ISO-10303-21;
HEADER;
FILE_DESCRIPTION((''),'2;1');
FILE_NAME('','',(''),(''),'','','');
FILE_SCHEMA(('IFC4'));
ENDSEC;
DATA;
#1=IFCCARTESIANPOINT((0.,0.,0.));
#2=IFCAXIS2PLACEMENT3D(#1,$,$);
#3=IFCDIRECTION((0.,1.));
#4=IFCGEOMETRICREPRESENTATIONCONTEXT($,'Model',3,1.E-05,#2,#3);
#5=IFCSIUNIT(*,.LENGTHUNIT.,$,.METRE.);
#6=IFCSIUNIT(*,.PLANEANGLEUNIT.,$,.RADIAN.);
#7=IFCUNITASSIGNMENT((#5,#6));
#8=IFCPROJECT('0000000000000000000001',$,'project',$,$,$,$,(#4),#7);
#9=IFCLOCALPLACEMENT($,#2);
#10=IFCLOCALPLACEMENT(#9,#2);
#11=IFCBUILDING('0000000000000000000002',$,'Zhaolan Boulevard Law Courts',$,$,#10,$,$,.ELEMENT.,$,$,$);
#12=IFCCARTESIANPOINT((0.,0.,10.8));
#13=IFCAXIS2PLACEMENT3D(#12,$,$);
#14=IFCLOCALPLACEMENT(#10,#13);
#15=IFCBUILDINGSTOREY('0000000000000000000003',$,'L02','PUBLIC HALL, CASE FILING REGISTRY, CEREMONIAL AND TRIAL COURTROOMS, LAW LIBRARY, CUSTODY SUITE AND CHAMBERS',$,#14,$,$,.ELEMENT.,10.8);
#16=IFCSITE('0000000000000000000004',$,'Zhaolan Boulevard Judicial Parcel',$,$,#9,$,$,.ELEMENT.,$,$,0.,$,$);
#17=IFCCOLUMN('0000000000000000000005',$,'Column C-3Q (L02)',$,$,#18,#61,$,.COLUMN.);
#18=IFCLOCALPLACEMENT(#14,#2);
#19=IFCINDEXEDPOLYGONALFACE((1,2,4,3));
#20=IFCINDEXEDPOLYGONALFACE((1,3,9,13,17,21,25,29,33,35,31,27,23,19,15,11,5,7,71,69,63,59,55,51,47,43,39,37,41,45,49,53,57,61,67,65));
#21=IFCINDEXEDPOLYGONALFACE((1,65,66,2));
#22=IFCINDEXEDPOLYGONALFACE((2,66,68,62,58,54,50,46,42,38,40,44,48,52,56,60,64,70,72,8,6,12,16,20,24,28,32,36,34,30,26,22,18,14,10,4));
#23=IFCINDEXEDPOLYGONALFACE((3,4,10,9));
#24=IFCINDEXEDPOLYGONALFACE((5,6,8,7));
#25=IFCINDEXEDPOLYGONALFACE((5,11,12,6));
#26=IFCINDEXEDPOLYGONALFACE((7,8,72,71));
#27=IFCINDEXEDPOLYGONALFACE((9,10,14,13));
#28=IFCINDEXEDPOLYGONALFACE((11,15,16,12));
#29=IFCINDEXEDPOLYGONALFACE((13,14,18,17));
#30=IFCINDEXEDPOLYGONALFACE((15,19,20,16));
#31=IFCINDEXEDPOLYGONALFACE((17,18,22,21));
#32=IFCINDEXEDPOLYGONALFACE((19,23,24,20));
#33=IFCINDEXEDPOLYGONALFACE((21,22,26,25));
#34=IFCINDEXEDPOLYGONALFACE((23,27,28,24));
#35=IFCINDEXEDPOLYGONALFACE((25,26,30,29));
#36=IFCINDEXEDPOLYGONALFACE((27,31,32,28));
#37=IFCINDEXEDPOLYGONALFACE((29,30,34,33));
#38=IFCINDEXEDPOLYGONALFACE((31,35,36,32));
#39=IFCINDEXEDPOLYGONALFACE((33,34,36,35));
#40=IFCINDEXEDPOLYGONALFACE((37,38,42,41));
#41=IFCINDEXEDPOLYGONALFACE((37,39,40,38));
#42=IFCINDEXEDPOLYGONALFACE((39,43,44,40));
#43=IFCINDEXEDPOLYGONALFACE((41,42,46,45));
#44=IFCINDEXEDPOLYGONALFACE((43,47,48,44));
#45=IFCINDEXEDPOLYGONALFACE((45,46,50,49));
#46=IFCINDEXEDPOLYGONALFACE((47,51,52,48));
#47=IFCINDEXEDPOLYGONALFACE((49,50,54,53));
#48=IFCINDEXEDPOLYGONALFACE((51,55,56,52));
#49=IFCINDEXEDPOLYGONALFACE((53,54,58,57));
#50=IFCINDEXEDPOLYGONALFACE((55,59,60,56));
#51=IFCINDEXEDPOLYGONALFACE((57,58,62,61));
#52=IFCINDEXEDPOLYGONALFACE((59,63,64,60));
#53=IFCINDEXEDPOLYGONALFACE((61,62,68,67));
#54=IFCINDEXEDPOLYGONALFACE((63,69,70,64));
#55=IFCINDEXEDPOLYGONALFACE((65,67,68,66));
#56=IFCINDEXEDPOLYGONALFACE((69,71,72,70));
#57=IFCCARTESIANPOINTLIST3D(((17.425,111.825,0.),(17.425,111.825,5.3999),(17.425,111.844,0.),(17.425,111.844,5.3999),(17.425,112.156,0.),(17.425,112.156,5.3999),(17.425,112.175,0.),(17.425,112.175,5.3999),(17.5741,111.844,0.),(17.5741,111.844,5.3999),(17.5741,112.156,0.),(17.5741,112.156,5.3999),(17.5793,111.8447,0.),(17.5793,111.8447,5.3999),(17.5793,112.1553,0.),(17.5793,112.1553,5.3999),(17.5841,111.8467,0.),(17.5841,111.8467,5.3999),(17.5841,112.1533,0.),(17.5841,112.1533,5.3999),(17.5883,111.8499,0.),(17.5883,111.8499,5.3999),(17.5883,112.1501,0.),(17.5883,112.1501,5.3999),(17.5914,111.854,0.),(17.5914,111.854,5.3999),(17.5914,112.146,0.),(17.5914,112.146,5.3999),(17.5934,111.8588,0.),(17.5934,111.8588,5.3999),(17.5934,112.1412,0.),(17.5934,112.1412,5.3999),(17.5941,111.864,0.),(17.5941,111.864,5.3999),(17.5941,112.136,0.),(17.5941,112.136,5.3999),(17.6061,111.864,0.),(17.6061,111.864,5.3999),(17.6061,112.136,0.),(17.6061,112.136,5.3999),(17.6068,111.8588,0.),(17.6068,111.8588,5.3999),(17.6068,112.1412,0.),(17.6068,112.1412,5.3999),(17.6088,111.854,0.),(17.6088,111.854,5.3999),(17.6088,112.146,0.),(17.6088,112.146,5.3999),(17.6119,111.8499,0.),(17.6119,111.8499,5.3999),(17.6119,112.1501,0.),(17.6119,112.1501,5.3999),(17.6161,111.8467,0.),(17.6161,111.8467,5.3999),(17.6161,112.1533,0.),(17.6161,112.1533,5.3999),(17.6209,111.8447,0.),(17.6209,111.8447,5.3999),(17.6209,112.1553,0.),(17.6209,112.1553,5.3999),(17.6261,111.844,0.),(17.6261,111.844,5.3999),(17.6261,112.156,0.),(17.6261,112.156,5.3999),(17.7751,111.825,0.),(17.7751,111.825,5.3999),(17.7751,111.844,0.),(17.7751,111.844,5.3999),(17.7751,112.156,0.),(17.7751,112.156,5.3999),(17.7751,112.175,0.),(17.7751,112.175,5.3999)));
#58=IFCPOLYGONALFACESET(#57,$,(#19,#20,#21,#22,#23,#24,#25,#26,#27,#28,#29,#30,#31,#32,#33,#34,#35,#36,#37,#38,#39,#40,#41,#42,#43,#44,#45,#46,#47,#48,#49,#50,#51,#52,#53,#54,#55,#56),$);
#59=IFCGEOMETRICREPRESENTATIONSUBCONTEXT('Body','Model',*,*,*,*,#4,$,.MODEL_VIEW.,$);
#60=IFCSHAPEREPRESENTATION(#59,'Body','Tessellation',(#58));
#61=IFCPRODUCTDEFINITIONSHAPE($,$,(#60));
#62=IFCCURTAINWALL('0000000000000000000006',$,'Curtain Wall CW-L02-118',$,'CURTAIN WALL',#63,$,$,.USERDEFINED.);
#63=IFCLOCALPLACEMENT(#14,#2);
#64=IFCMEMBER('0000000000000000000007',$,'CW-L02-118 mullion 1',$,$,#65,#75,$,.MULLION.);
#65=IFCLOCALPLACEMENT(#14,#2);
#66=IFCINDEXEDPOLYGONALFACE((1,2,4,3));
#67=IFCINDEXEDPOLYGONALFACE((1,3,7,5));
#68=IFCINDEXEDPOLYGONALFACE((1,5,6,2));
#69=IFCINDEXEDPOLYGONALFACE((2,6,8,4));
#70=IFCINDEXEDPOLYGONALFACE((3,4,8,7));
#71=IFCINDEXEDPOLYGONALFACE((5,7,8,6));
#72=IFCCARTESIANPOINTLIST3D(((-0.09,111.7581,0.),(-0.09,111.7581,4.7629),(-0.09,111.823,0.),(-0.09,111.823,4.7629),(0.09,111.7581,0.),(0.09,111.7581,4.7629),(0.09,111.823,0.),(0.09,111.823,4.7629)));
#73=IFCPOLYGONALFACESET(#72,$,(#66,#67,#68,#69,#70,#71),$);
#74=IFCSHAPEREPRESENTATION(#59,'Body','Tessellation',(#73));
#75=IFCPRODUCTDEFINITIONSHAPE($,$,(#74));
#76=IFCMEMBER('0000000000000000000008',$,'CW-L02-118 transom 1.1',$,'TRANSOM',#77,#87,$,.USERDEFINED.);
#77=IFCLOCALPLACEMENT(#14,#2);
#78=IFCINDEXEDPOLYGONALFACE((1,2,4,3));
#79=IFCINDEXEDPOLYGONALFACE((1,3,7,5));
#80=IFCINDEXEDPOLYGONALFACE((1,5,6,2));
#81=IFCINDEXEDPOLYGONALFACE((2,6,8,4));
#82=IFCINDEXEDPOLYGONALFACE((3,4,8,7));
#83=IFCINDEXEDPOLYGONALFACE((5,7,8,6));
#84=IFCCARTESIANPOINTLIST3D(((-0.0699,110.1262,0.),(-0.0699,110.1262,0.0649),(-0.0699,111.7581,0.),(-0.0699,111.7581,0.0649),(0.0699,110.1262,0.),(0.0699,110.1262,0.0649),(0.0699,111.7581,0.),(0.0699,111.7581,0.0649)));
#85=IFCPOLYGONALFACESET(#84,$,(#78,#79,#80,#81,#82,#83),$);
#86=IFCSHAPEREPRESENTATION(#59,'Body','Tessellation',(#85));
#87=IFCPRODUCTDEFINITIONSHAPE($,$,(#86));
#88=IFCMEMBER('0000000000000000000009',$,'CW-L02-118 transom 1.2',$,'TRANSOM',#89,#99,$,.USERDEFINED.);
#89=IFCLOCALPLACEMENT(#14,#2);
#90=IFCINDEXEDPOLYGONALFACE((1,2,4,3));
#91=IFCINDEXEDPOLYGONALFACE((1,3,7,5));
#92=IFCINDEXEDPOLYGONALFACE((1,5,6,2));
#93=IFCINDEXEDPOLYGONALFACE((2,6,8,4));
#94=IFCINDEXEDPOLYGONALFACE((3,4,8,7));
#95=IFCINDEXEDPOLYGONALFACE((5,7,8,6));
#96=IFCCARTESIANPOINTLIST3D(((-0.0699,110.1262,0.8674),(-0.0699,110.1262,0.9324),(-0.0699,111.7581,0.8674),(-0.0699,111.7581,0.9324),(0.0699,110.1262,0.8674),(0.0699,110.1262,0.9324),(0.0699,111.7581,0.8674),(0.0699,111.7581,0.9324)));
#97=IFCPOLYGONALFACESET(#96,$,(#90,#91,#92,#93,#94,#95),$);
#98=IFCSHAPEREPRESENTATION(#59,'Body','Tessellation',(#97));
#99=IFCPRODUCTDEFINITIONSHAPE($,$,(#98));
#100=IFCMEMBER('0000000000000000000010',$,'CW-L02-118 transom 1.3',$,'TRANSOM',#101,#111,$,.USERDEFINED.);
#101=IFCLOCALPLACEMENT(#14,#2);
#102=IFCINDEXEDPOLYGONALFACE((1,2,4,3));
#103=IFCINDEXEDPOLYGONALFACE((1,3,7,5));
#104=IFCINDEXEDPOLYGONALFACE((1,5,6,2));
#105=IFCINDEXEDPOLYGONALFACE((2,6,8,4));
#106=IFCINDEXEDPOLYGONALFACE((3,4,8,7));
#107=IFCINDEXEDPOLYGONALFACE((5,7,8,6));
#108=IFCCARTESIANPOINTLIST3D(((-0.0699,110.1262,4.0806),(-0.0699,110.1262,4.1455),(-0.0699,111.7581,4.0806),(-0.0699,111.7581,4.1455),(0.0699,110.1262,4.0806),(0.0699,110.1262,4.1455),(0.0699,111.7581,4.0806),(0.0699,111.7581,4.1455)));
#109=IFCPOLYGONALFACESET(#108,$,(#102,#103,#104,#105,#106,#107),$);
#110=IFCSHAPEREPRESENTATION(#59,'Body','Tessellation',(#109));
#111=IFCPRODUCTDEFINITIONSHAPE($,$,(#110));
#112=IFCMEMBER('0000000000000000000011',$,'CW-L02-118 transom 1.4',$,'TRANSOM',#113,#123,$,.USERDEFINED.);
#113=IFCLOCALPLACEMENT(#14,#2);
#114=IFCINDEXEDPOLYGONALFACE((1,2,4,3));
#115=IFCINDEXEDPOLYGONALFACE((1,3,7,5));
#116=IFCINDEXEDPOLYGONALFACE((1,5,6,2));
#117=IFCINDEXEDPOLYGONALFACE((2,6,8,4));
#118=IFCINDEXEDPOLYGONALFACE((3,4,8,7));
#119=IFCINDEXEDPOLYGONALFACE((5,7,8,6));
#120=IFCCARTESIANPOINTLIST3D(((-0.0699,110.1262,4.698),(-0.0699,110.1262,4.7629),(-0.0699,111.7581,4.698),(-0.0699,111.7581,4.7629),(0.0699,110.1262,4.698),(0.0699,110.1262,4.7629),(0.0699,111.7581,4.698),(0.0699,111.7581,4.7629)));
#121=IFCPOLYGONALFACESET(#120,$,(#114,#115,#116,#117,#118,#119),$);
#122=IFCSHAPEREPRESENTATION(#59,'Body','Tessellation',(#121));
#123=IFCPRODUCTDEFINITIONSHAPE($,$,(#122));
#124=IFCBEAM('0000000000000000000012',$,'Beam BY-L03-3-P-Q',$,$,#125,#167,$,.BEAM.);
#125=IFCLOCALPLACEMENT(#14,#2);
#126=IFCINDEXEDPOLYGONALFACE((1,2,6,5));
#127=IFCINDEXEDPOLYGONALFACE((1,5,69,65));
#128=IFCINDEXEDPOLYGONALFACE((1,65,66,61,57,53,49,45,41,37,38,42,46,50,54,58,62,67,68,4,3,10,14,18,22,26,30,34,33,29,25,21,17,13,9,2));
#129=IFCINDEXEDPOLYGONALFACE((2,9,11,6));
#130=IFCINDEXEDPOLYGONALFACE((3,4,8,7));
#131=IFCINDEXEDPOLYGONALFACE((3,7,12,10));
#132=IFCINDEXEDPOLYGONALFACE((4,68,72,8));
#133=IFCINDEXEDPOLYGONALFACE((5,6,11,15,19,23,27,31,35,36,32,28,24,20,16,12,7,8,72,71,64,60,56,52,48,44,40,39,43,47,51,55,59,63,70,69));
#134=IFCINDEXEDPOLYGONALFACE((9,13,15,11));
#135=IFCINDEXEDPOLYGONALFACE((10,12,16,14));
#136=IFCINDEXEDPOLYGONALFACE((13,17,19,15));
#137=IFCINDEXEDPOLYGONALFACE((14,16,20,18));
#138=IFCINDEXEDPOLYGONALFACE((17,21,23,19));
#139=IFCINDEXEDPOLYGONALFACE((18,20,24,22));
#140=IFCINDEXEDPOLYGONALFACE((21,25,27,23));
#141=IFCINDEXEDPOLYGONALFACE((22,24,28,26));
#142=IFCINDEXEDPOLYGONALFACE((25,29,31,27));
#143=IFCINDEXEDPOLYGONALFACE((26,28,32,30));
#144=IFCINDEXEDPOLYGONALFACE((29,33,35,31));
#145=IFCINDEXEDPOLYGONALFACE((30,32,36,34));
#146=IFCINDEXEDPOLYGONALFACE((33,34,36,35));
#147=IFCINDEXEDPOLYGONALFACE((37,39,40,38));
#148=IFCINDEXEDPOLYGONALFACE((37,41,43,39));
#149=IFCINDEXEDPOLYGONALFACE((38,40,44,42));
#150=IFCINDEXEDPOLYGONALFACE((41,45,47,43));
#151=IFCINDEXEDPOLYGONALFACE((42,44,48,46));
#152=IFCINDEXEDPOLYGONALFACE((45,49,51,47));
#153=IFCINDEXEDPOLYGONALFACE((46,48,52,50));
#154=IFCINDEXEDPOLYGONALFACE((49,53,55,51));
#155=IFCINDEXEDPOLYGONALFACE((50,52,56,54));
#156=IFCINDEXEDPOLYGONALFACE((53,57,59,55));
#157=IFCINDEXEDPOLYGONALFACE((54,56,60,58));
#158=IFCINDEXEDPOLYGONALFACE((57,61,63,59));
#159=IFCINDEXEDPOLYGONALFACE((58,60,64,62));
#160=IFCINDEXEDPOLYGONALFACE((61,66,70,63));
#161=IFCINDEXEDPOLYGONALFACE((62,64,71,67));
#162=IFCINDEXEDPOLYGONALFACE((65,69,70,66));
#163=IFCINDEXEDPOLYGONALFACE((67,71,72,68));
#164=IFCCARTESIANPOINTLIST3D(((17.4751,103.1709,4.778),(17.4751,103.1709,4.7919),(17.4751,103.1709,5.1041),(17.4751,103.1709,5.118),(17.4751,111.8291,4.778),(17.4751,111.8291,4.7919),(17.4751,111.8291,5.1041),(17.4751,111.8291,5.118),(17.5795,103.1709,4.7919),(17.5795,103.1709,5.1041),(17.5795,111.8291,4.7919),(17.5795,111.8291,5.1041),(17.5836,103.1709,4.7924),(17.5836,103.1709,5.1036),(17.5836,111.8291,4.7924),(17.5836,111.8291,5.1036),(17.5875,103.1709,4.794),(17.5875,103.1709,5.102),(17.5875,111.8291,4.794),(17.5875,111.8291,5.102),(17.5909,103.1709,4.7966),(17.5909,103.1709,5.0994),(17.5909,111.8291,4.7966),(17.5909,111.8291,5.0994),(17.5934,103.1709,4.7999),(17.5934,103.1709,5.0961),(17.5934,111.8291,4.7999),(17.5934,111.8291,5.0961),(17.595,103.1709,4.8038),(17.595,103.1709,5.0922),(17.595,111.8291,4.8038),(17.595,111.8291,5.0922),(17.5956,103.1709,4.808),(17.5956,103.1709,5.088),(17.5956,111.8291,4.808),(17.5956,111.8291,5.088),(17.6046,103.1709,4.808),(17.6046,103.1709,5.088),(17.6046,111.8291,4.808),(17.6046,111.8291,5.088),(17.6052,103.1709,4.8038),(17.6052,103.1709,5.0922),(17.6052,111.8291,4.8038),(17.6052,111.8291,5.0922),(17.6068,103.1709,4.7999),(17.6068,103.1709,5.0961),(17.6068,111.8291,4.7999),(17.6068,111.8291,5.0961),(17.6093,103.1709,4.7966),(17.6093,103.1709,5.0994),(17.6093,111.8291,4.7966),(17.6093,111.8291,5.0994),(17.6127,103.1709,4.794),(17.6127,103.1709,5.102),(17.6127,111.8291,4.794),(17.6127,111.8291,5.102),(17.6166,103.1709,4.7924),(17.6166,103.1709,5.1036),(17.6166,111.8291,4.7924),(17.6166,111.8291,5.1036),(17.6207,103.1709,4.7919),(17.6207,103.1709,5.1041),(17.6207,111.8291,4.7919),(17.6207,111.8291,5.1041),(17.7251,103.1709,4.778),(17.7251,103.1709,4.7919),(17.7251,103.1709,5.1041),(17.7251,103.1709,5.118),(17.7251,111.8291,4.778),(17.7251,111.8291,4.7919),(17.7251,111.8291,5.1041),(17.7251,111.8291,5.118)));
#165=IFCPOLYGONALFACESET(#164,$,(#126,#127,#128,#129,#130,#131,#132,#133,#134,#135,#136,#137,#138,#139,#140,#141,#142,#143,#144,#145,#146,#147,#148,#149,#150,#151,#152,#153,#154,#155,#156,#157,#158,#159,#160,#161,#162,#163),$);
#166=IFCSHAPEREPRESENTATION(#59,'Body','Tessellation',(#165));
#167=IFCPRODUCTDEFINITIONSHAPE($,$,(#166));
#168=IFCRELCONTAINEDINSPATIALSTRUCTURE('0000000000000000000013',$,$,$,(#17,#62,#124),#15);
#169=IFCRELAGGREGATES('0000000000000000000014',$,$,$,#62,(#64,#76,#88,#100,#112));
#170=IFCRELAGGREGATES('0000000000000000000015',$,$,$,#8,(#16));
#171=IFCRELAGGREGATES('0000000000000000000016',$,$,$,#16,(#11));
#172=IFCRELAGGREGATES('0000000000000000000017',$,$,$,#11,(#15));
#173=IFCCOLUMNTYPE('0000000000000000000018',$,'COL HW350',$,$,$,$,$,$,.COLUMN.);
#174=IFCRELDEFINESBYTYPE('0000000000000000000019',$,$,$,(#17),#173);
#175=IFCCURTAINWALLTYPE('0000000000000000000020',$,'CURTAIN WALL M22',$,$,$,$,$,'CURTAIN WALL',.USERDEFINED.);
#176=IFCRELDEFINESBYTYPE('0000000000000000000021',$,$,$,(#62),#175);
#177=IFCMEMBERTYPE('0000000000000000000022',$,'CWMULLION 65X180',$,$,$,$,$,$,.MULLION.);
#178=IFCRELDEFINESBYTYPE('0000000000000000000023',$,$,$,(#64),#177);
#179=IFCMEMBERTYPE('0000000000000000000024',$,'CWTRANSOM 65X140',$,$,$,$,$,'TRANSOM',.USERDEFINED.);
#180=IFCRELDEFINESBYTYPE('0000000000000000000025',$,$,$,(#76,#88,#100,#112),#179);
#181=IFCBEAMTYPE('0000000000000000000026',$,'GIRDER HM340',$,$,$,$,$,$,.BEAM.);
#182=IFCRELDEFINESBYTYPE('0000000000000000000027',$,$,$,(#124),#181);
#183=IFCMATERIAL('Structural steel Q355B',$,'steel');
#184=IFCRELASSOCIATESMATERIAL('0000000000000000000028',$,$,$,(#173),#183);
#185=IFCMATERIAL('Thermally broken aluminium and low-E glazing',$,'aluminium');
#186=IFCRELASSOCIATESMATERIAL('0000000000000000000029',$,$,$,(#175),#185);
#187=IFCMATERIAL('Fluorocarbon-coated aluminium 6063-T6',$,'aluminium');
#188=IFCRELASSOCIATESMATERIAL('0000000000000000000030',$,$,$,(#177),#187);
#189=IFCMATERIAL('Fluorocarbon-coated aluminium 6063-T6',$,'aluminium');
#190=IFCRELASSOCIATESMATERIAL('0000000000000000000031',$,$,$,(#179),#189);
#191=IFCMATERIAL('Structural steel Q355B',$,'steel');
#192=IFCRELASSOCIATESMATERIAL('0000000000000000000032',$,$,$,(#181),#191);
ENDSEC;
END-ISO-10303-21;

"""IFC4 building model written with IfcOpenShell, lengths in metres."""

from ifc_helpers import new_model, si_unit, direction, frame, origin, origin_2d, place, context, subcontext, project, spatial, rectangle, i_section, extrude, material, material_profile, profile_set, type_object, element, aggregate, save


model = new_model("IFC4")

# Units and contexts
model_context = context("Model", 3, precision=1e-05, world=origin(), true_north=direction((0.0, 1.0)))
body_context = subcontext(model_context, "Body", "Model", "MODEL_VIEW")
ifc_project = project(units=[si_unit("LENGTHUNIT", "METRE"), si_unit("PLANEANGLEUNIT", "RADIAN")], contexts=[model_context])

# Site, building, storey
site_placement = place(None, origin())
site = spatial("IfcSite", under=ifc_project, at=site_placement, Name="Zhaolan Boulevard Judicial Parcel", CompositionType="ELEMENT", RefElevation=0.0)
building_placement = place(site_placement, origin())
building = spatial("IfcBuilding", under=site, at=building_placement, Name="Zhaolan Boulevard Law Courts", CompositionType="ELEMENT")
storey_placement = place(building_placement, frame((0.0, 0.0, 10.8)))
storey = spatial("IfcBuildingStorey", under=building, at=storey_placement, Name="L02", Description="PUBLIC HALL, CASE FILING REGISTRY, CEREMONIAL AND TRIAL COURTROOMS, LAW LIBRARY, CUSTODY SUITE AND CHAMBERS", CompositionType="ELEMENT", Elevation=10.8)

# Column
ifc_material_1 = material(Name="Structural steel Q355B", Category="steel")
ifc_material_profile_1 = material_profile(ifc_material_1, i_section(OverallWidth=0.3501, OverallDepth=0.3501, WebThickness=0.012, FlangeThickness=0.019, FilletRadius=0.02, at=origin_2d()), Name="HW350x350")
ifc_profile_set_1 = profile_set([ifc_material_profile_1], Name="Structural steel Q355B")
column_type = type_object("IfcColumnType", Name="COL HW350", PredefinedType="COLUMN", material=ifc_profile_set_1)
for number, where, z_axis, x_axis, name in (
    (1, (17.6001, 112.0, 0.0), (0.0, 0.0, 1.0), (1.0, 0.0, 0.0), "Column C-3Q (L02)"),
):
    element("IfcColumn", number, at=place(storey_placement, frame(where, z_axis=z_axis, x_axis=x_axis)), inside=storey, type_object=column_type, Name=name, PredefinedType="COLUMN", context=body_context, shape_type="SweptSolid", body=[
        extrude(i_section(OverallWidth=0.3501, OverallDepth=0.3501, WebThickness=0.012, FlangeThickness=0.019, FilletRadius=0.02, at=origin_2d()), origin(), (0.0, 0.0, 1.0), 5.3999),
    ])

# Curtain wall, members
ifc_material_2 = material(Name="Thermally broken aluminium and low-E glazing", Category="aluminium")
curtain_wall_type = type_object("IfcCurtainWallType", Name="CURTAIN WALL M22", ElementType="CURTAIN WALL", PredefinedType="USERDEFINED", material=ifc_material_2)
curtain_wall_placement = place(storey_placement, origin())
curtain_wall = element("IfcCurtainWall", 2, at=curtain_wall_placement, inside=storey, type_object=curtain_wall_type, Name="Curtain Wall CW-L02-118", ObjectType="CURTAIN WALL", PredefinedType="USERDEFINED")
ifc_material_3 = material(Name="Fluorocarbon-coated aluminium 6063-T6", Category="aluminium")
ifc_material_profile_2 = material_profile(ifc_material_3, rectangle(XDim=0.1799, YDim=0.0649, at=origin_2d()), Name="AL65x180")
ifc_profile_set_2 = profile_set([ifc_material_profile_2], Name="Fluorocarbon-coated aluminium 6063-T6")
member_type_1 = type_object("IfcMemberType", Name="CWMULLION 65X180", PredefinedType="MULLION", material=ifc_profile_set_2)
member_1_placement = place(storey_placement, frame((0.0, 111.7905, 0.0), z_axis=(0.0, 0.0, 1.0), x_axis=(1.0, 0.0, 0.0)))
member_1 = element("IfcMember", 3, at=member_1_placement, type_object=member_type_1, Name="CW-L02-118 mullion 1", PredefinedType="MULLION", context=body_context, shape_type="SweptSolid", body=[
    extrude(rectangle(XDim=0.1799, YDim=0.0649, at=origin_2d()), origin(), (0.0, 0.0, 1.0), 4.7629),
])
ifc_material_4 = material(Name="Fluorocarbon-coated aluminium 6063-T6", Category="aluminium")
ifc_material_profile_3 = material_profile(ifc_material_4, rectangle(XDim=0.1399, YDim=0.0649, at=origin_2d()), Name="AL65x140")
ifc_profile_set_3 = profile_set([ifc_material_profile_3], Name="Fluorocarbon-coated aluminium 6063-T6")
member_type_2 = type_object("IfcMemberType", Name="CWTRANSOM 65X140", ElementType="TRANSOM", PredefinedType="USERDEFINED", material=ifc_profile_set_3)
member_2_placement = place(storey_placement, frame((0.0, 111.7581, 0.0325), z_axis=(0.0, -1.0, 0.0), x_axis=(1.0, 0.0, 0.0)))
member_2 = element("IfcMember", 4, at=member_2_placement, type_object=member_type_2, Name="CW-L02-118 transom 1.1", ObjectType="TRANSOM", PredefinedType="USERDEFINED", context=body_context, shape_type="SweptSolid", body=[
    extrude(rectangle(XDim=0.1399, YDim=0.0649, at=origin_2d()), origin(), (0.0, 0.0, 1.0), 1.6318),
])
member_3_placement = place(storey_placement, frame((0.0, 111.7581, 0.8999), z_axis=(0.0, -1.0, 0.0), x_axis=(1.0, 0.0, 0.0)))
member_3 = element("IfcMember", 5, at=member_3_placement, type_object=member_type_2, Name="CW-L02-118 transom 1.2", ObjectType="TRANSOM", PredefinedType="USERDEFINED", context=body_context, shape_type="SweptSolid", body=[
    extrude(rectangle(XDim=0.1399, YDim=0.0649, at=origin_2d()), origin(), (0.0, 0.0, 1.0), 1.6318),
])
member_4_placement = place(storey_placement, frame((0.0, 111.7581, 4.113), z_axis=(0.0, -1.0, 0.0), x_axis=(1.0, 0.0, 0.0)))
member_4 = element("IfcMember", 6, at=member_4_placement, type_object=member_type_2, Name="CW-L02-118 transom 1.3", ObjectType="TRANSOM", PredefinedType="USERDEFINED", context=body_context, shape_type="SweptSolid", body=[
    extrude(rectangle(XDim=0.1399, YDim=0.0649, at=origin_2d()), origin(), (0.0, 0.0, 1.0), 1.6318),
])
member_5_placement = place(storey_placement, frame((0.0, 111.7581, 4.7305), z_axis=(0.0, -1.0, 0.0), x_axis=(1.0, 0.0, 0.0)))
member_5 = element("IfcMember", 7, at=member_5_placement, type_object=member_type_2, Name="CW-L02-118 transom 1.4", ObjectType="TRANSOM", PredefinedType="USERDEFINED", context=body_context, shape_type="SweptSolid", body=[
    extrude(rectangle(XDim=0.1399, YDim=0.0649, at=origin_2d()), origin(), (0.0, 0.0, 1.0), 1.6318),
])

# Beam
ifc_material_5 = material(Name="Structural steel Q355B", Category="steel")
ifc_material_profile_4 = material_profile(ifc_material_5, i_section(OverallWidth=0.25, OverallDepth=0.3401, WebThickness=0.009, FlangeThickness=0.0139, FilletRadius=0.0161, at=origin_2d()), Name="HM340x250")
ifc_profile_set_4 = profile_set([ifc_material_profile_4], Name="Structural steel Q355B")
beam_type_1 = type_object("IfcBeamType", Name="GIRDER HM340", PredefinedType="BEAM", material=ifc_profile_set_4)
beam_1_placement = place(storey_placement, frame((17.6001, 103.1709, 4.948), z_axis=(0.0, 1.0, 0.0), x_axis=(-1.0, 0.0, 0.0)))
element("IfcBeam", 8, at=beam_1_placement, inside=storey, type_object=beam_type_1, Name="Beam BY-L03-3-P-Q", PredefinedType="BEAM", context=body_context, shape_type="SweptSolid", body=[
    extrude(i_section(OverallWidth=0.25, OverallDepth=0.3401, WebThickness=0.009, FlangeThickness=0.0139, FilletRadius=0.0161, at=origin_2d()), origin(), (0.0, 0.0, 1.0), 8.6582),
])

aggregate(curtain_wall, [member_1, member_2, member_3, member_4, member_5])

save(model, "model.ifc")
